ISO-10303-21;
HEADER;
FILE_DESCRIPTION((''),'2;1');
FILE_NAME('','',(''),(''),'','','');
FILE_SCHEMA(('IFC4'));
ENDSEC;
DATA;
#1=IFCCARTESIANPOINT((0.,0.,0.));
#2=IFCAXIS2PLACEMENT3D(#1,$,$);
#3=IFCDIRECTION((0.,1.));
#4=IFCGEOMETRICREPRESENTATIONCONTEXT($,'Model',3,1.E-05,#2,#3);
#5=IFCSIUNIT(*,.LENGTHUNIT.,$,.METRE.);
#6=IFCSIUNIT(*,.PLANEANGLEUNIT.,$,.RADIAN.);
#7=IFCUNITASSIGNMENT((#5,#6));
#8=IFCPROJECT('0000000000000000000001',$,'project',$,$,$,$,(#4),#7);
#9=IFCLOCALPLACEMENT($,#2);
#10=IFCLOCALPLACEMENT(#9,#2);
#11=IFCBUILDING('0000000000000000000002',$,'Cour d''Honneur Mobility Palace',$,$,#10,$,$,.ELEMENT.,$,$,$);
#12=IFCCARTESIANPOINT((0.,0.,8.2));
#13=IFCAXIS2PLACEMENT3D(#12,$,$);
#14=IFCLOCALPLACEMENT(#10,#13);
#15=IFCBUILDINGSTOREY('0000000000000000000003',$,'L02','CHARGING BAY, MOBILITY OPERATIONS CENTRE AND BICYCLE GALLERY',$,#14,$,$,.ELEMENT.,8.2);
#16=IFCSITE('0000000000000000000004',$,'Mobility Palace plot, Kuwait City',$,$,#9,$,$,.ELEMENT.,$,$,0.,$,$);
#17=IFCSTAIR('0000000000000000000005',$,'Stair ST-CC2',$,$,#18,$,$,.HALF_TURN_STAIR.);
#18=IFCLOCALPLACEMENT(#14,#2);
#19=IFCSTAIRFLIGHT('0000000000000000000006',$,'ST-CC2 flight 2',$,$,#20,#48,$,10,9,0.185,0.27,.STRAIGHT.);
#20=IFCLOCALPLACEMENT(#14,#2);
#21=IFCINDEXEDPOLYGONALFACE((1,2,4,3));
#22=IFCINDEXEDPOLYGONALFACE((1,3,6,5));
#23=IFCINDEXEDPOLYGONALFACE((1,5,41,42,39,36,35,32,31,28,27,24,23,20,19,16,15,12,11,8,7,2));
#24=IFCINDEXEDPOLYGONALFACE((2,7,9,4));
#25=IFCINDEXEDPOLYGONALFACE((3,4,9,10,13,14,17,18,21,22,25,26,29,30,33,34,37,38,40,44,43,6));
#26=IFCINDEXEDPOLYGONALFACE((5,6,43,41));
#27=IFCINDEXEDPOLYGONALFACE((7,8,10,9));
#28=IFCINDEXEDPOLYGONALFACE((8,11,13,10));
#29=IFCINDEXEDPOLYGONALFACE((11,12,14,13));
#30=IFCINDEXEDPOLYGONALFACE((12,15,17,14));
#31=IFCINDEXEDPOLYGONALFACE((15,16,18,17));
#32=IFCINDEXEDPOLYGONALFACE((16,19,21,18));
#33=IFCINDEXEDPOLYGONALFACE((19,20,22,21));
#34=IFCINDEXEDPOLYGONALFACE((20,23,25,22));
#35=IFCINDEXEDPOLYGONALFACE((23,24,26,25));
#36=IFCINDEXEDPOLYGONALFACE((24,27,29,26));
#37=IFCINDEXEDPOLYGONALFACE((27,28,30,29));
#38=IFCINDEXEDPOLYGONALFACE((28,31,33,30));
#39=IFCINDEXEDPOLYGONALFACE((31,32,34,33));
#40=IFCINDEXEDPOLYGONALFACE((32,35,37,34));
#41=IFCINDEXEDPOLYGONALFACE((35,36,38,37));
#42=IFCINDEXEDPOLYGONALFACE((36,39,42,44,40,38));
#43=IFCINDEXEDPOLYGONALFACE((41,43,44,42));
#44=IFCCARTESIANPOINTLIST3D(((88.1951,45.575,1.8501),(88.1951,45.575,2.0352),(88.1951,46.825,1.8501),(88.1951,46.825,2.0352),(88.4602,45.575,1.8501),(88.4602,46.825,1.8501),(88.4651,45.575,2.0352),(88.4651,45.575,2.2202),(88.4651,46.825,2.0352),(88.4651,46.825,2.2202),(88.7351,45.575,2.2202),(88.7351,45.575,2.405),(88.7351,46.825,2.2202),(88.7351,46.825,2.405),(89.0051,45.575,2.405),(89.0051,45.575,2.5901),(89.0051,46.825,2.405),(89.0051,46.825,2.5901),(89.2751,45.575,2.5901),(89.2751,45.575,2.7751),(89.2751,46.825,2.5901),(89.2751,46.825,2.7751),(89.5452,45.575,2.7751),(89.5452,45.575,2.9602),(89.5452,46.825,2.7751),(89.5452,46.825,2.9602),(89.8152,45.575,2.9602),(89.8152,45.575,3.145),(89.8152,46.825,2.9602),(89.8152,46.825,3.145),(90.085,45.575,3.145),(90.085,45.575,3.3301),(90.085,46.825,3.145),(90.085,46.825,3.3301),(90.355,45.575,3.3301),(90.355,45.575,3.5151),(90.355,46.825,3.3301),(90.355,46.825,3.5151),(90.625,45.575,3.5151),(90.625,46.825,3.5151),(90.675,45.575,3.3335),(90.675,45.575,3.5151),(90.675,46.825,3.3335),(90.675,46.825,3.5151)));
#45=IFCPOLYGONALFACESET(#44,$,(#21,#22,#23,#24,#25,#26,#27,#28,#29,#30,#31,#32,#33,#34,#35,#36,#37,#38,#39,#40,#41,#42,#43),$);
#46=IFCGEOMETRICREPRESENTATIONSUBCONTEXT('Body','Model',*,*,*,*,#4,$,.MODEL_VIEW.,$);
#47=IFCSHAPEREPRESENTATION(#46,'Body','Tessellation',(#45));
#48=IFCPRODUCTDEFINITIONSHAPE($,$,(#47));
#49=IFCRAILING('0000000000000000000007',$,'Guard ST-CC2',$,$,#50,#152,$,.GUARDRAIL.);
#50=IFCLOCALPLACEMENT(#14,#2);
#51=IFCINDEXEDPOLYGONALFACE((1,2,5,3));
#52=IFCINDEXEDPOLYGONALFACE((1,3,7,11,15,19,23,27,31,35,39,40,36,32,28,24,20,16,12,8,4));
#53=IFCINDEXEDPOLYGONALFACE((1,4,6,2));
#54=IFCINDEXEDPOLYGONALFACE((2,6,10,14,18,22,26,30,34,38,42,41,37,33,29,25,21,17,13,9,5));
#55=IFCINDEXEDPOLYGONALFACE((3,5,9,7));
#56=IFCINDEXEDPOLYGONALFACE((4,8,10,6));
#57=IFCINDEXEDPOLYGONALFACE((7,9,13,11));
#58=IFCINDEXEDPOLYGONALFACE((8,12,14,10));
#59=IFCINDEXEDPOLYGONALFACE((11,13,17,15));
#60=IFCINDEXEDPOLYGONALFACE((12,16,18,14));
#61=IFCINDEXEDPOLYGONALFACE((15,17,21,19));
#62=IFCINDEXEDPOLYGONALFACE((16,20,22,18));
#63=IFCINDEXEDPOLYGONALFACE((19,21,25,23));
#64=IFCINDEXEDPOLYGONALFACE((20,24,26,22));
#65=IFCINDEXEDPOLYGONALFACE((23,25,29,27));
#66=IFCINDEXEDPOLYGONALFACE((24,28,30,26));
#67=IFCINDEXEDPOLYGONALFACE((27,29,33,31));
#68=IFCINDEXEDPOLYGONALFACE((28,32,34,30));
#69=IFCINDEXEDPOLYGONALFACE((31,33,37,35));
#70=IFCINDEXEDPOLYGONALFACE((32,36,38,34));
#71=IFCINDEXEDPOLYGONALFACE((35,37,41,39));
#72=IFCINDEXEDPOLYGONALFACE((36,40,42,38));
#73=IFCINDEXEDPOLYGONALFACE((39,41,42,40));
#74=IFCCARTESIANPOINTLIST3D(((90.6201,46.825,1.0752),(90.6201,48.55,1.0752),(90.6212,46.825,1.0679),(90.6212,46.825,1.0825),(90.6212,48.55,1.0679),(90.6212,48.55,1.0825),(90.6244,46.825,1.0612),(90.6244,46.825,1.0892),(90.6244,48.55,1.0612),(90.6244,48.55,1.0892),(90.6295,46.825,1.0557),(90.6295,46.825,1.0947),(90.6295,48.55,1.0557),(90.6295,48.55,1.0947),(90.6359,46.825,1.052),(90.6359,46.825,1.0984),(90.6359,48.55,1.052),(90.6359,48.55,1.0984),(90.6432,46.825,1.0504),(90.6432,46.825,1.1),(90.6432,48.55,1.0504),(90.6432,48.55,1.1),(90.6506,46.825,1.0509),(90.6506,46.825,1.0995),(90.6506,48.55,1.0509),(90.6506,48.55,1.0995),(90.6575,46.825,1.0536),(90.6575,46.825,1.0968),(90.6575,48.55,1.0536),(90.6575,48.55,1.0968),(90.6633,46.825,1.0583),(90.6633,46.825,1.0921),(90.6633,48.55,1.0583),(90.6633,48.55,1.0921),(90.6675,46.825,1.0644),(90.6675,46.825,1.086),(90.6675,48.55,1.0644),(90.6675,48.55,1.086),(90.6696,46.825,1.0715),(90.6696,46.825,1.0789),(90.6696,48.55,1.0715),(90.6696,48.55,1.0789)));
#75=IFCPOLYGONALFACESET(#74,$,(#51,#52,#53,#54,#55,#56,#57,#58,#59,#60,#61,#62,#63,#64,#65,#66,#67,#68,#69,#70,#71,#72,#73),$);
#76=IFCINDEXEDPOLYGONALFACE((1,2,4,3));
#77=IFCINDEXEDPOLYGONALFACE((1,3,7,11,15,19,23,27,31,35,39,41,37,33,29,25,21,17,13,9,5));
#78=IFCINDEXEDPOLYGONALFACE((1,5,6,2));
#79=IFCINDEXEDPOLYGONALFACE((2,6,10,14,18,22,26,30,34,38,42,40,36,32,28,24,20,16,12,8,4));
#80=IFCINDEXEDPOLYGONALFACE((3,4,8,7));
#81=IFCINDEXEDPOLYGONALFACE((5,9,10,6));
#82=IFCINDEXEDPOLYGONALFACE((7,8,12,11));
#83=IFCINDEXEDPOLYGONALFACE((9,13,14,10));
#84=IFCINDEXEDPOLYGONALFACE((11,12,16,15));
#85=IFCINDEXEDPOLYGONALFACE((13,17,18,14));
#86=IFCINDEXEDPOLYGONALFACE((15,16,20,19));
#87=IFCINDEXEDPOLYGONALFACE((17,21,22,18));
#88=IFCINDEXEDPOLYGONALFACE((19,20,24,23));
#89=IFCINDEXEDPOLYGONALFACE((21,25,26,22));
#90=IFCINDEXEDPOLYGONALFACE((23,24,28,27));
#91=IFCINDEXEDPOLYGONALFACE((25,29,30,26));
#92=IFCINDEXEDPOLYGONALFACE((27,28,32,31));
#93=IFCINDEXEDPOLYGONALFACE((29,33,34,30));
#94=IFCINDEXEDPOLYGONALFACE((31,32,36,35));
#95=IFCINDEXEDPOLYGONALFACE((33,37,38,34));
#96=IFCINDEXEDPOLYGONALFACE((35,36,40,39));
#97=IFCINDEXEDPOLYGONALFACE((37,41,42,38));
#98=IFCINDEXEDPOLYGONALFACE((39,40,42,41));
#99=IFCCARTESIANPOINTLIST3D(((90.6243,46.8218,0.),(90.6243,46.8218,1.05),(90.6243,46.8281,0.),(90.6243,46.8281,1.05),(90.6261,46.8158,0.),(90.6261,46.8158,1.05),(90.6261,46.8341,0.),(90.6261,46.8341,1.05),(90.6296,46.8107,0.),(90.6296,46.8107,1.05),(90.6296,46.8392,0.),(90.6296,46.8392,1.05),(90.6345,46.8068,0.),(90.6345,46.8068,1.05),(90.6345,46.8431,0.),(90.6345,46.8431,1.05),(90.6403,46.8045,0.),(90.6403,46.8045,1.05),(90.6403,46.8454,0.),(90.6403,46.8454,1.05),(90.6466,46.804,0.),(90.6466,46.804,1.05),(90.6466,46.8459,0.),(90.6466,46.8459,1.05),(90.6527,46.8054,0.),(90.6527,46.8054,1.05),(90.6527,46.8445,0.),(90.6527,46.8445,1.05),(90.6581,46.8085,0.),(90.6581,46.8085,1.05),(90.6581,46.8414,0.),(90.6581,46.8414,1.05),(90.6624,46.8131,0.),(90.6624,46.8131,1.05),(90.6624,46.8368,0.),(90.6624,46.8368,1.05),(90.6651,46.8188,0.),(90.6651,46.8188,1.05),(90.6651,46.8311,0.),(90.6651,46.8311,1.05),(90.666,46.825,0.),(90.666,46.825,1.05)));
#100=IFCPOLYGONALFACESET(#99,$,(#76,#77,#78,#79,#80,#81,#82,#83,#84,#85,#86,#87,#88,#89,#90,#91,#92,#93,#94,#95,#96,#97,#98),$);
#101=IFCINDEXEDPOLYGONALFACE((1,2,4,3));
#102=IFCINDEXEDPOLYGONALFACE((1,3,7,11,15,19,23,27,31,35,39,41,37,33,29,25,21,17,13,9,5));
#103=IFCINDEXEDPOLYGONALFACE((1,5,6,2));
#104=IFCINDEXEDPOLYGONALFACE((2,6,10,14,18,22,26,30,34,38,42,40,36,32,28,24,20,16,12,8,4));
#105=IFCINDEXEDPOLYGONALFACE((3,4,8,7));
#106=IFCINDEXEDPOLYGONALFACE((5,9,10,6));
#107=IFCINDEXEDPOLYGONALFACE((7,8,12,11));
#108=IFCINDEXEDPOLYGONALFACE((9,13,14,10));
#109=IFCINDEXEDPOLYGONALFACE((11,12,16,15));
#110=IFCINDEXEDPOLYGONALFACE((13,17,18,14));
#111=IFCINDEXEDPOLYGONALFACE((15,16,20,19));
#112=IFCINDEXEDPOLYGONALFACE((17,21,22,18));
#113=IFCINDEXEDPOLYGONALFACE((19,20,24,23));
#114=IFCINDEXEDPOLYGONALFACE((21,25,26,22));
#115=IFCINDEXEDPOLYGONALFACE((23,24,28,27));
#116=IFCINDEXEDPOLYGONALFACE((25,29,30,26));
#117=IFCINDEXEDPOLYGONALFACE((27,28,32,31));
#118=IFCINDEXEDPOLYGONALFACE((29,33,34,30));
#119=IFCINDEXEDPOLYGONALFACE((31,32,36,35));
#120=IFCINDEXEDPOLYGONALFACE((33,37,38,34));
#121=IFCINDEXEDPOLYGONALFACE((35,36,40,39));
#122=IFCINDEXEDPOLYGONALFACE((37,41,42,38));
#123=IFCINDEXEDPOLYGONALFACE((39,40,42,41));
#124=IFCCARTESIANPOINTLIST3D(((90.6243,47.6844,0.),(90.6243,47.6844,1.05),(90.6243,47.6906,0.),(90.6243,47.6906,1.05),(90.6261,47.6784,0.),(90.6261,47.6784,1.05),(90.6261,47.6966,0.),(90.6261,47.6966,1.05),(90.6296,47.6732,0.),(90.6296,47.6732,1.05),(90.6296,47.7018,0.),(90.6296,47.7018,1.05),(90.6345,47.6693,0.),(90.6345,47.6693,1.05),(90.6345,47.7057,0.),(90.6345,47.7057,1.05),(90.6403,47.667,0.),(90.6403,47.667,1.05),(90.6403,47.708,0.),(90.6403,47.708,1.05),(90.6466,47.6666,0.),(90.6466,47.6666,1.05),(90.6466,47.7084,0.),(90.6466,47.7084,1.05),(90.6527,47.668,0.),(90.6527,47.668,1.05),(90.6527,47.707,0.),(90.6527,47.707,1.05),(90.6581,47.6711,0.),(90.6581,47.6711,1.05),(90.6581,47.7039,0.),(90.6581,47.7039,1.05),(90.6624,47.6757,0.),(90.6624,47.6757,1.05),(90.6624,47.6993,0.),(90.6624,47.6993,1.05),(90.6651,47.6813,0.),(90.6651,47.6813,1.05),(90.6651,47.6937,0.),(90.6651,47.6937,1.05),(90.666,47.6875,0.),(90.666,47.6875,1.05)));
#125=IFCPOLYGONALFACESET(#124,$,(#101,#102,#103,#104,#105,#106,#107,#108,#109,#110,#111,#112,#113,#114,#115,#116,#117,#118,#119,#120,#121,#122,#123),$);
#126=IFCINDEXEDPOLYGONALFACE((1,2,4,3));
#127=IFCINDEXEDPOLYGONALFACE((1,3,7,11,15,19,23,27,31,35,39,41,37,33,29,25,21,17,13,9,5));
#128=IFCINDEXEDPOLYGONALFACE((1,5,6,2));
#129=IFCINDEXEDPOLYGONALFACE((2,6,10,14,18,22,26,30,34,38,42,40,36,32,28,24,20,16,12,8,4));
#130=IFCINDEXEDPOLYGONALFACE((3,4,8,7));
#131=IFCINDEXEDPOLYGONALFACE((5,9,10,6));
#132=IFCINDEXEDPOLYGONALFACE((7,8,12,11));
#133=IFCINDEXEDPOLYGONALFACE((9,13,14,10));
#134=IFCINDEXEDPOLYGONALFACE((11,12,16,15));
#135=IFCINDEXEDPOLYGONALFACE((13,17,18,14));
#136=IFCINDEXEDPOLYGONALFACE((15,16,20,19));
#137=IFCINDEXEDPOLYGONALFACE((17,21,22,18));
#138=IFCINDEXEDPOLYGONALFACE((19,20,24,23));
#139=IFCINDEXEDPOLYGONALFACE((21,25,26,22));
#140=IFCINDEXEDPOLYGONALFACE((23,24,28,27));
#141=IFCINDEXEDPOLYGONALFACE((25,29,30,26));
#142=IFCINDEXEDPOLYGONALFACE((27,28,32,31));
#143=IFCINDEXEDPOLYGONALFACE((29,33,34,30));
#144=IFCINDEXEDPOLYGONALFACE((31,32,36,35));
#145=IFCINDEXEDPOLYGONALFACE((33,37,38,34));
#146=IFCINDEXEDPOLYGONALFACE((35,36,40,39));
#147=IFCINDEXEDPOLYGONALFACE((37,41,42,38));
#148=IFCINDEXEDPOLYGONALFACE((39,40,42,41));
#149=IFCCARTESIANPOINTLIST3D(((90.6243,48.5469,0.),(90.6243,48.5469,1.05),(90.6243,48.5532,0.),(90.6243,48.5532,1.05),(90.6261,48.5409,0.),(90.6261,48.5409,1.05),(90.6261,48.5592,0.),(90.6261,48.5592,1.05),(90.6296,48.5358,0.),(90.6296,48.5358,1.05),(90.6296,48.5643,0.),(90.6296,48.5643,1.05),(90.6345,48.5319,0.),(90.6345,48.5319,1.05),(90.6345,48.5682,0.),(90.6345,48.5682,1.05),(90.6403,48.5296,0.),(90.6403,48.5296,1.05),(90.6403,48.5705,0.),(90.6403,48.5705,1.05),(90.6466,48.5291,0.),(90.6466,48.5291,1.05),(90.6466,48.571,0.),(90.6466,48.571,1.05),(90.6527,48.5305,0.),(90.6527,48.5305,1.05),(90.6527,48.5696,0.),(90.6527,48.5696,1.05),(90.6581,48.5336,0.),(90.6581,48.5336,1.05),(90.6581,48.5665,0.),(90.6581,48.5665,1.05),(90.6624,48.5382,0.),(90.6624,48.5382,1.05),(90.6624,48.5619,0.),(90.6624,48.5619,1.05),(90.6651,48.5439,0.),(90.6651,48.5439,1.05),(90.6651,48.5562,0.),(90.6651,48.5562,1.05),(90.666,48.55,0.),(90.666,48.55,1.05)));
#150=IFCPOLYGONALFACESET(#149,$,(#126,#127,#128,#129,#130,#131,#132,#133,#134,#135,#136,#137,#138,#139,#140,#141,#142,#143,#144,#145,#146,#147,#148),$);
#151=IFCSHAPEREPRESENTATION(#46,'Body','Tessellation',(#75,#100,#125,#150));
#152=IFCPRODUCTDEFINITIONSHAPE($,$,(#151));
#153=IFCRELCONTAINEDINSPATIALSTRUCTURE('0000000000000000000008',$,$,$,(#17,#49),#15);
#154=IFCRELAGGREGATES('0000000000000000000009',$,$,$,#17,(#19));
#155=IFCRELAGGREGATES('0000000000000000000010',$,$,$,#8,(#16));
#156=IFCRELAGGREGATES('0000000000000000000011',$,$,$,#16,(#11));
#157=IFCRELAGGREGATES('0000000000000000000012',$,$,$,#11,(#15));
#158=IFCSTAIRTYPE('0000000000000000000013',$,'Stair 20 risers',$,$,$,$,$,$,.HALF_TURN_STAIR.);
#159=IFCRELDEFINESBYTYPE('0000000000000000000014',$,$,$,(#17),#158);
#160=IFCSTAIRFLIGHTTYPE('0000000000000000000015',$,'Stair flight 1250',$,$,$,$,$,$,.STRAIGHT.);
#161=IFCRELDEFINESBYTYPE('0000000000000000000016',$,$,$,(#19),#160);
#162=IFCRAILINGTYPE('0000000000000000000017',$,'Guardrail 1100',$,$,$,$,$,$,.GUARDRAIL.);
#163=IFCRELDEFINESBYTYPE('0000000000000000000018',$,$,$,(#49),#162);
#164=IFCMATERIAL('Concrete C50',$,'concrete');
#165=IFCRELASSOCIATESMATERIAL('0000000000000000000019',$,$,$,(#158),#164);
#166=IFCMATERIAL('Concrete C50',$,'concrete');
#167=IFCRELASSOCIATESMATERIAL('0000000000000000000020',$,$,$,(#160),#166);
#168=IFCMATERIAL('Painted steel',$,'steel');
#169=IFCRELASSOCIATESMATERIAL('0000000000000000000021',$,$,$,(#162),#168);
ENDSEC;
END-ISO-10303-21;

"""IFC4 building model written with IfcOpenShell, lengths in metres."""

from ifc_helpers import new_model, si_unit, direction, frame, origin, origin_2d, place, context, subcontext, project, spatial, polyline, circle, outline, extrude, material, type_object, element, aggregate, save


model = new_model("IFC4")

# Units and contexts
model_context = context("Model", 3, precision=1e-05, world=origin(), true_north=direction((0.0, 1.0)))
body_context = subcontext(model_context, "Body", "Model", "MODEL_VIEW")
ifc_project = project(units=[si_unit("LENGTHUNIT", "METRE"), si_unit("PLANEANGLEUNIT", "RADIAN")], contexts=[model_context])

# Site, building, storey
site_placement = place(None, origin())
site = spatial("IfcSite", under=ifc_project, at=site_placement, Name="Mobility Palace plot, Kuwait City", CompositionType="ELEMENT", RefElevation=0.0)
building_placement = place(site_placement, origin())
building = spatial("IfcBuilding", under=site, at=building_placement, Name="Cour d'Honneur Mobility Palace", CompositionType="ELEMENT")
storey_placement = place(building_placement, frame((0.0, 0.0, 8.2)))
storey = spatial("IfcBuildingStorey", under=building, at=storey_placement, Name="L02", Description="CHARGING BAY, MOBILITY OPERATIONS CENTRE AND BICYCLE GALLERY", CompositionType="ELEMENT", Elevation=8.2)

# Stair, stair flight
ifc_material_1 = material(Name="Concrete C50", Category="concrete")
stair_type = type_object("IfcStairType", Name="Stair 20 risers", PredefinedType="HALF_TURN_STAIR", material=ifc_material_1)
stair_placement = place(storey_placement, origin())
stair = element("IfcStair", 1, at=stair_placement, inside=storey, type_object=stair_type, Name="Stair ST-CC2", PredefinedType="HALF_TURN_STAIR")
ifc_material_2 = material(Name="Concrete C50", Category="concrete")
stair_flight_type = type_object("IfcStairFlightType", Name="Stair flight 1250", PredefinedType="STRAIGHT", material=ifc_material_2)
stair_flight_1_placement = place(storey_placement, frame((88.1951, 46.2, 1.8501), z_axis=(0.0, 0.0, 1.0), x_axis=(1.0, 0.0, 0.0)))
stair_flight_1 = element("IfcStairFlight", 2, at=stair_flight_1_placement, type_object=stair_flight_type, Name="ST-CC2 flight 2", NumberOfRisers=10, NumberOfTreads=9, PredefinedType="STRAIGHT", RiserHeight=0.185, TreadLength=0.27, context=body_context, shape_type="SweptSolid", body=[
    extrude(outline(polyline([(0.0, 0.0), (0.0, 0.1851), (0.27, 0.1851), (0.27, 0.3701), (0.54, 0.3701), (0.54, 0.5549), (0.8101, 0.5549), (0.8101, 0.74), (1.0801, 0.74), (1.0801, 0.925), (1.3501, 0.925), (1.3501, 1.1101), (1.6201, 1.1101), (1.6201, 1.2949), (1.8899, 1.2949), (1.8899, 1.48), (2.1599, 1.48), (2.1599, 1.665), (2.4299, 1.665), (2.48, 1.665), (2.48, 1.4834), (0.2651, 0.0), (0.0, 0.0)])), frame((0.0, 0.625, 0.0), z_axis=(0.0, -1.0, 0.0), x_axis=(1.0, 0.0, 0.0)), (0.0, 0.0, 1.0), 1.25),
])
aggregate(stair, [stair_flight_1])

# Railing
ifc_material_3 = material(Name="Painted steel", Category="steel")
railing_type_1 = type_object("IfcRailingType", Name="Guardrail 1100", PredefinedType="GUARDRAIL", material=ifc_material_3)
for number, where, name in (
    (3, (90.645, 46.825, 0.0), "Guard ST-CC2"),
):
    element("IfcRailing", number, at=place(storey_placement, frame(where)), inside=storey, type_object=railing_type_1, Name=name, PredefinedType="GUARDRAIL", context=body_context, shape_type="SweptSolid", body=[
        extrude(circle(Radius=0.0249, at=origin_2d()), frame((0.0, 0.0, 1.0752), z_axis=(0.0, 1.0, 0.0), x_axis=(-1.0, 0.0, 0.0)), (0.0, 0.0, 1.0), 1.7251),
        extrude(circle(Radius=0.021, at=origin_2d()), origin(), (0.0, 0.0, 1.0), 1.05),
        extrude(circle(Radius=0.021, at=origin_2d()), frame((0.0, 0.8625, 0.0)), (0.0, 0.0, 1.0), 1.05),
        extrude(circle(Radius=0.021, at=origin_2d()), frame((0.0, 1.7251, 0.0)), (0.0, 0.0, 1.0), 1.05),
    ])

save(model, "model.ifc")
